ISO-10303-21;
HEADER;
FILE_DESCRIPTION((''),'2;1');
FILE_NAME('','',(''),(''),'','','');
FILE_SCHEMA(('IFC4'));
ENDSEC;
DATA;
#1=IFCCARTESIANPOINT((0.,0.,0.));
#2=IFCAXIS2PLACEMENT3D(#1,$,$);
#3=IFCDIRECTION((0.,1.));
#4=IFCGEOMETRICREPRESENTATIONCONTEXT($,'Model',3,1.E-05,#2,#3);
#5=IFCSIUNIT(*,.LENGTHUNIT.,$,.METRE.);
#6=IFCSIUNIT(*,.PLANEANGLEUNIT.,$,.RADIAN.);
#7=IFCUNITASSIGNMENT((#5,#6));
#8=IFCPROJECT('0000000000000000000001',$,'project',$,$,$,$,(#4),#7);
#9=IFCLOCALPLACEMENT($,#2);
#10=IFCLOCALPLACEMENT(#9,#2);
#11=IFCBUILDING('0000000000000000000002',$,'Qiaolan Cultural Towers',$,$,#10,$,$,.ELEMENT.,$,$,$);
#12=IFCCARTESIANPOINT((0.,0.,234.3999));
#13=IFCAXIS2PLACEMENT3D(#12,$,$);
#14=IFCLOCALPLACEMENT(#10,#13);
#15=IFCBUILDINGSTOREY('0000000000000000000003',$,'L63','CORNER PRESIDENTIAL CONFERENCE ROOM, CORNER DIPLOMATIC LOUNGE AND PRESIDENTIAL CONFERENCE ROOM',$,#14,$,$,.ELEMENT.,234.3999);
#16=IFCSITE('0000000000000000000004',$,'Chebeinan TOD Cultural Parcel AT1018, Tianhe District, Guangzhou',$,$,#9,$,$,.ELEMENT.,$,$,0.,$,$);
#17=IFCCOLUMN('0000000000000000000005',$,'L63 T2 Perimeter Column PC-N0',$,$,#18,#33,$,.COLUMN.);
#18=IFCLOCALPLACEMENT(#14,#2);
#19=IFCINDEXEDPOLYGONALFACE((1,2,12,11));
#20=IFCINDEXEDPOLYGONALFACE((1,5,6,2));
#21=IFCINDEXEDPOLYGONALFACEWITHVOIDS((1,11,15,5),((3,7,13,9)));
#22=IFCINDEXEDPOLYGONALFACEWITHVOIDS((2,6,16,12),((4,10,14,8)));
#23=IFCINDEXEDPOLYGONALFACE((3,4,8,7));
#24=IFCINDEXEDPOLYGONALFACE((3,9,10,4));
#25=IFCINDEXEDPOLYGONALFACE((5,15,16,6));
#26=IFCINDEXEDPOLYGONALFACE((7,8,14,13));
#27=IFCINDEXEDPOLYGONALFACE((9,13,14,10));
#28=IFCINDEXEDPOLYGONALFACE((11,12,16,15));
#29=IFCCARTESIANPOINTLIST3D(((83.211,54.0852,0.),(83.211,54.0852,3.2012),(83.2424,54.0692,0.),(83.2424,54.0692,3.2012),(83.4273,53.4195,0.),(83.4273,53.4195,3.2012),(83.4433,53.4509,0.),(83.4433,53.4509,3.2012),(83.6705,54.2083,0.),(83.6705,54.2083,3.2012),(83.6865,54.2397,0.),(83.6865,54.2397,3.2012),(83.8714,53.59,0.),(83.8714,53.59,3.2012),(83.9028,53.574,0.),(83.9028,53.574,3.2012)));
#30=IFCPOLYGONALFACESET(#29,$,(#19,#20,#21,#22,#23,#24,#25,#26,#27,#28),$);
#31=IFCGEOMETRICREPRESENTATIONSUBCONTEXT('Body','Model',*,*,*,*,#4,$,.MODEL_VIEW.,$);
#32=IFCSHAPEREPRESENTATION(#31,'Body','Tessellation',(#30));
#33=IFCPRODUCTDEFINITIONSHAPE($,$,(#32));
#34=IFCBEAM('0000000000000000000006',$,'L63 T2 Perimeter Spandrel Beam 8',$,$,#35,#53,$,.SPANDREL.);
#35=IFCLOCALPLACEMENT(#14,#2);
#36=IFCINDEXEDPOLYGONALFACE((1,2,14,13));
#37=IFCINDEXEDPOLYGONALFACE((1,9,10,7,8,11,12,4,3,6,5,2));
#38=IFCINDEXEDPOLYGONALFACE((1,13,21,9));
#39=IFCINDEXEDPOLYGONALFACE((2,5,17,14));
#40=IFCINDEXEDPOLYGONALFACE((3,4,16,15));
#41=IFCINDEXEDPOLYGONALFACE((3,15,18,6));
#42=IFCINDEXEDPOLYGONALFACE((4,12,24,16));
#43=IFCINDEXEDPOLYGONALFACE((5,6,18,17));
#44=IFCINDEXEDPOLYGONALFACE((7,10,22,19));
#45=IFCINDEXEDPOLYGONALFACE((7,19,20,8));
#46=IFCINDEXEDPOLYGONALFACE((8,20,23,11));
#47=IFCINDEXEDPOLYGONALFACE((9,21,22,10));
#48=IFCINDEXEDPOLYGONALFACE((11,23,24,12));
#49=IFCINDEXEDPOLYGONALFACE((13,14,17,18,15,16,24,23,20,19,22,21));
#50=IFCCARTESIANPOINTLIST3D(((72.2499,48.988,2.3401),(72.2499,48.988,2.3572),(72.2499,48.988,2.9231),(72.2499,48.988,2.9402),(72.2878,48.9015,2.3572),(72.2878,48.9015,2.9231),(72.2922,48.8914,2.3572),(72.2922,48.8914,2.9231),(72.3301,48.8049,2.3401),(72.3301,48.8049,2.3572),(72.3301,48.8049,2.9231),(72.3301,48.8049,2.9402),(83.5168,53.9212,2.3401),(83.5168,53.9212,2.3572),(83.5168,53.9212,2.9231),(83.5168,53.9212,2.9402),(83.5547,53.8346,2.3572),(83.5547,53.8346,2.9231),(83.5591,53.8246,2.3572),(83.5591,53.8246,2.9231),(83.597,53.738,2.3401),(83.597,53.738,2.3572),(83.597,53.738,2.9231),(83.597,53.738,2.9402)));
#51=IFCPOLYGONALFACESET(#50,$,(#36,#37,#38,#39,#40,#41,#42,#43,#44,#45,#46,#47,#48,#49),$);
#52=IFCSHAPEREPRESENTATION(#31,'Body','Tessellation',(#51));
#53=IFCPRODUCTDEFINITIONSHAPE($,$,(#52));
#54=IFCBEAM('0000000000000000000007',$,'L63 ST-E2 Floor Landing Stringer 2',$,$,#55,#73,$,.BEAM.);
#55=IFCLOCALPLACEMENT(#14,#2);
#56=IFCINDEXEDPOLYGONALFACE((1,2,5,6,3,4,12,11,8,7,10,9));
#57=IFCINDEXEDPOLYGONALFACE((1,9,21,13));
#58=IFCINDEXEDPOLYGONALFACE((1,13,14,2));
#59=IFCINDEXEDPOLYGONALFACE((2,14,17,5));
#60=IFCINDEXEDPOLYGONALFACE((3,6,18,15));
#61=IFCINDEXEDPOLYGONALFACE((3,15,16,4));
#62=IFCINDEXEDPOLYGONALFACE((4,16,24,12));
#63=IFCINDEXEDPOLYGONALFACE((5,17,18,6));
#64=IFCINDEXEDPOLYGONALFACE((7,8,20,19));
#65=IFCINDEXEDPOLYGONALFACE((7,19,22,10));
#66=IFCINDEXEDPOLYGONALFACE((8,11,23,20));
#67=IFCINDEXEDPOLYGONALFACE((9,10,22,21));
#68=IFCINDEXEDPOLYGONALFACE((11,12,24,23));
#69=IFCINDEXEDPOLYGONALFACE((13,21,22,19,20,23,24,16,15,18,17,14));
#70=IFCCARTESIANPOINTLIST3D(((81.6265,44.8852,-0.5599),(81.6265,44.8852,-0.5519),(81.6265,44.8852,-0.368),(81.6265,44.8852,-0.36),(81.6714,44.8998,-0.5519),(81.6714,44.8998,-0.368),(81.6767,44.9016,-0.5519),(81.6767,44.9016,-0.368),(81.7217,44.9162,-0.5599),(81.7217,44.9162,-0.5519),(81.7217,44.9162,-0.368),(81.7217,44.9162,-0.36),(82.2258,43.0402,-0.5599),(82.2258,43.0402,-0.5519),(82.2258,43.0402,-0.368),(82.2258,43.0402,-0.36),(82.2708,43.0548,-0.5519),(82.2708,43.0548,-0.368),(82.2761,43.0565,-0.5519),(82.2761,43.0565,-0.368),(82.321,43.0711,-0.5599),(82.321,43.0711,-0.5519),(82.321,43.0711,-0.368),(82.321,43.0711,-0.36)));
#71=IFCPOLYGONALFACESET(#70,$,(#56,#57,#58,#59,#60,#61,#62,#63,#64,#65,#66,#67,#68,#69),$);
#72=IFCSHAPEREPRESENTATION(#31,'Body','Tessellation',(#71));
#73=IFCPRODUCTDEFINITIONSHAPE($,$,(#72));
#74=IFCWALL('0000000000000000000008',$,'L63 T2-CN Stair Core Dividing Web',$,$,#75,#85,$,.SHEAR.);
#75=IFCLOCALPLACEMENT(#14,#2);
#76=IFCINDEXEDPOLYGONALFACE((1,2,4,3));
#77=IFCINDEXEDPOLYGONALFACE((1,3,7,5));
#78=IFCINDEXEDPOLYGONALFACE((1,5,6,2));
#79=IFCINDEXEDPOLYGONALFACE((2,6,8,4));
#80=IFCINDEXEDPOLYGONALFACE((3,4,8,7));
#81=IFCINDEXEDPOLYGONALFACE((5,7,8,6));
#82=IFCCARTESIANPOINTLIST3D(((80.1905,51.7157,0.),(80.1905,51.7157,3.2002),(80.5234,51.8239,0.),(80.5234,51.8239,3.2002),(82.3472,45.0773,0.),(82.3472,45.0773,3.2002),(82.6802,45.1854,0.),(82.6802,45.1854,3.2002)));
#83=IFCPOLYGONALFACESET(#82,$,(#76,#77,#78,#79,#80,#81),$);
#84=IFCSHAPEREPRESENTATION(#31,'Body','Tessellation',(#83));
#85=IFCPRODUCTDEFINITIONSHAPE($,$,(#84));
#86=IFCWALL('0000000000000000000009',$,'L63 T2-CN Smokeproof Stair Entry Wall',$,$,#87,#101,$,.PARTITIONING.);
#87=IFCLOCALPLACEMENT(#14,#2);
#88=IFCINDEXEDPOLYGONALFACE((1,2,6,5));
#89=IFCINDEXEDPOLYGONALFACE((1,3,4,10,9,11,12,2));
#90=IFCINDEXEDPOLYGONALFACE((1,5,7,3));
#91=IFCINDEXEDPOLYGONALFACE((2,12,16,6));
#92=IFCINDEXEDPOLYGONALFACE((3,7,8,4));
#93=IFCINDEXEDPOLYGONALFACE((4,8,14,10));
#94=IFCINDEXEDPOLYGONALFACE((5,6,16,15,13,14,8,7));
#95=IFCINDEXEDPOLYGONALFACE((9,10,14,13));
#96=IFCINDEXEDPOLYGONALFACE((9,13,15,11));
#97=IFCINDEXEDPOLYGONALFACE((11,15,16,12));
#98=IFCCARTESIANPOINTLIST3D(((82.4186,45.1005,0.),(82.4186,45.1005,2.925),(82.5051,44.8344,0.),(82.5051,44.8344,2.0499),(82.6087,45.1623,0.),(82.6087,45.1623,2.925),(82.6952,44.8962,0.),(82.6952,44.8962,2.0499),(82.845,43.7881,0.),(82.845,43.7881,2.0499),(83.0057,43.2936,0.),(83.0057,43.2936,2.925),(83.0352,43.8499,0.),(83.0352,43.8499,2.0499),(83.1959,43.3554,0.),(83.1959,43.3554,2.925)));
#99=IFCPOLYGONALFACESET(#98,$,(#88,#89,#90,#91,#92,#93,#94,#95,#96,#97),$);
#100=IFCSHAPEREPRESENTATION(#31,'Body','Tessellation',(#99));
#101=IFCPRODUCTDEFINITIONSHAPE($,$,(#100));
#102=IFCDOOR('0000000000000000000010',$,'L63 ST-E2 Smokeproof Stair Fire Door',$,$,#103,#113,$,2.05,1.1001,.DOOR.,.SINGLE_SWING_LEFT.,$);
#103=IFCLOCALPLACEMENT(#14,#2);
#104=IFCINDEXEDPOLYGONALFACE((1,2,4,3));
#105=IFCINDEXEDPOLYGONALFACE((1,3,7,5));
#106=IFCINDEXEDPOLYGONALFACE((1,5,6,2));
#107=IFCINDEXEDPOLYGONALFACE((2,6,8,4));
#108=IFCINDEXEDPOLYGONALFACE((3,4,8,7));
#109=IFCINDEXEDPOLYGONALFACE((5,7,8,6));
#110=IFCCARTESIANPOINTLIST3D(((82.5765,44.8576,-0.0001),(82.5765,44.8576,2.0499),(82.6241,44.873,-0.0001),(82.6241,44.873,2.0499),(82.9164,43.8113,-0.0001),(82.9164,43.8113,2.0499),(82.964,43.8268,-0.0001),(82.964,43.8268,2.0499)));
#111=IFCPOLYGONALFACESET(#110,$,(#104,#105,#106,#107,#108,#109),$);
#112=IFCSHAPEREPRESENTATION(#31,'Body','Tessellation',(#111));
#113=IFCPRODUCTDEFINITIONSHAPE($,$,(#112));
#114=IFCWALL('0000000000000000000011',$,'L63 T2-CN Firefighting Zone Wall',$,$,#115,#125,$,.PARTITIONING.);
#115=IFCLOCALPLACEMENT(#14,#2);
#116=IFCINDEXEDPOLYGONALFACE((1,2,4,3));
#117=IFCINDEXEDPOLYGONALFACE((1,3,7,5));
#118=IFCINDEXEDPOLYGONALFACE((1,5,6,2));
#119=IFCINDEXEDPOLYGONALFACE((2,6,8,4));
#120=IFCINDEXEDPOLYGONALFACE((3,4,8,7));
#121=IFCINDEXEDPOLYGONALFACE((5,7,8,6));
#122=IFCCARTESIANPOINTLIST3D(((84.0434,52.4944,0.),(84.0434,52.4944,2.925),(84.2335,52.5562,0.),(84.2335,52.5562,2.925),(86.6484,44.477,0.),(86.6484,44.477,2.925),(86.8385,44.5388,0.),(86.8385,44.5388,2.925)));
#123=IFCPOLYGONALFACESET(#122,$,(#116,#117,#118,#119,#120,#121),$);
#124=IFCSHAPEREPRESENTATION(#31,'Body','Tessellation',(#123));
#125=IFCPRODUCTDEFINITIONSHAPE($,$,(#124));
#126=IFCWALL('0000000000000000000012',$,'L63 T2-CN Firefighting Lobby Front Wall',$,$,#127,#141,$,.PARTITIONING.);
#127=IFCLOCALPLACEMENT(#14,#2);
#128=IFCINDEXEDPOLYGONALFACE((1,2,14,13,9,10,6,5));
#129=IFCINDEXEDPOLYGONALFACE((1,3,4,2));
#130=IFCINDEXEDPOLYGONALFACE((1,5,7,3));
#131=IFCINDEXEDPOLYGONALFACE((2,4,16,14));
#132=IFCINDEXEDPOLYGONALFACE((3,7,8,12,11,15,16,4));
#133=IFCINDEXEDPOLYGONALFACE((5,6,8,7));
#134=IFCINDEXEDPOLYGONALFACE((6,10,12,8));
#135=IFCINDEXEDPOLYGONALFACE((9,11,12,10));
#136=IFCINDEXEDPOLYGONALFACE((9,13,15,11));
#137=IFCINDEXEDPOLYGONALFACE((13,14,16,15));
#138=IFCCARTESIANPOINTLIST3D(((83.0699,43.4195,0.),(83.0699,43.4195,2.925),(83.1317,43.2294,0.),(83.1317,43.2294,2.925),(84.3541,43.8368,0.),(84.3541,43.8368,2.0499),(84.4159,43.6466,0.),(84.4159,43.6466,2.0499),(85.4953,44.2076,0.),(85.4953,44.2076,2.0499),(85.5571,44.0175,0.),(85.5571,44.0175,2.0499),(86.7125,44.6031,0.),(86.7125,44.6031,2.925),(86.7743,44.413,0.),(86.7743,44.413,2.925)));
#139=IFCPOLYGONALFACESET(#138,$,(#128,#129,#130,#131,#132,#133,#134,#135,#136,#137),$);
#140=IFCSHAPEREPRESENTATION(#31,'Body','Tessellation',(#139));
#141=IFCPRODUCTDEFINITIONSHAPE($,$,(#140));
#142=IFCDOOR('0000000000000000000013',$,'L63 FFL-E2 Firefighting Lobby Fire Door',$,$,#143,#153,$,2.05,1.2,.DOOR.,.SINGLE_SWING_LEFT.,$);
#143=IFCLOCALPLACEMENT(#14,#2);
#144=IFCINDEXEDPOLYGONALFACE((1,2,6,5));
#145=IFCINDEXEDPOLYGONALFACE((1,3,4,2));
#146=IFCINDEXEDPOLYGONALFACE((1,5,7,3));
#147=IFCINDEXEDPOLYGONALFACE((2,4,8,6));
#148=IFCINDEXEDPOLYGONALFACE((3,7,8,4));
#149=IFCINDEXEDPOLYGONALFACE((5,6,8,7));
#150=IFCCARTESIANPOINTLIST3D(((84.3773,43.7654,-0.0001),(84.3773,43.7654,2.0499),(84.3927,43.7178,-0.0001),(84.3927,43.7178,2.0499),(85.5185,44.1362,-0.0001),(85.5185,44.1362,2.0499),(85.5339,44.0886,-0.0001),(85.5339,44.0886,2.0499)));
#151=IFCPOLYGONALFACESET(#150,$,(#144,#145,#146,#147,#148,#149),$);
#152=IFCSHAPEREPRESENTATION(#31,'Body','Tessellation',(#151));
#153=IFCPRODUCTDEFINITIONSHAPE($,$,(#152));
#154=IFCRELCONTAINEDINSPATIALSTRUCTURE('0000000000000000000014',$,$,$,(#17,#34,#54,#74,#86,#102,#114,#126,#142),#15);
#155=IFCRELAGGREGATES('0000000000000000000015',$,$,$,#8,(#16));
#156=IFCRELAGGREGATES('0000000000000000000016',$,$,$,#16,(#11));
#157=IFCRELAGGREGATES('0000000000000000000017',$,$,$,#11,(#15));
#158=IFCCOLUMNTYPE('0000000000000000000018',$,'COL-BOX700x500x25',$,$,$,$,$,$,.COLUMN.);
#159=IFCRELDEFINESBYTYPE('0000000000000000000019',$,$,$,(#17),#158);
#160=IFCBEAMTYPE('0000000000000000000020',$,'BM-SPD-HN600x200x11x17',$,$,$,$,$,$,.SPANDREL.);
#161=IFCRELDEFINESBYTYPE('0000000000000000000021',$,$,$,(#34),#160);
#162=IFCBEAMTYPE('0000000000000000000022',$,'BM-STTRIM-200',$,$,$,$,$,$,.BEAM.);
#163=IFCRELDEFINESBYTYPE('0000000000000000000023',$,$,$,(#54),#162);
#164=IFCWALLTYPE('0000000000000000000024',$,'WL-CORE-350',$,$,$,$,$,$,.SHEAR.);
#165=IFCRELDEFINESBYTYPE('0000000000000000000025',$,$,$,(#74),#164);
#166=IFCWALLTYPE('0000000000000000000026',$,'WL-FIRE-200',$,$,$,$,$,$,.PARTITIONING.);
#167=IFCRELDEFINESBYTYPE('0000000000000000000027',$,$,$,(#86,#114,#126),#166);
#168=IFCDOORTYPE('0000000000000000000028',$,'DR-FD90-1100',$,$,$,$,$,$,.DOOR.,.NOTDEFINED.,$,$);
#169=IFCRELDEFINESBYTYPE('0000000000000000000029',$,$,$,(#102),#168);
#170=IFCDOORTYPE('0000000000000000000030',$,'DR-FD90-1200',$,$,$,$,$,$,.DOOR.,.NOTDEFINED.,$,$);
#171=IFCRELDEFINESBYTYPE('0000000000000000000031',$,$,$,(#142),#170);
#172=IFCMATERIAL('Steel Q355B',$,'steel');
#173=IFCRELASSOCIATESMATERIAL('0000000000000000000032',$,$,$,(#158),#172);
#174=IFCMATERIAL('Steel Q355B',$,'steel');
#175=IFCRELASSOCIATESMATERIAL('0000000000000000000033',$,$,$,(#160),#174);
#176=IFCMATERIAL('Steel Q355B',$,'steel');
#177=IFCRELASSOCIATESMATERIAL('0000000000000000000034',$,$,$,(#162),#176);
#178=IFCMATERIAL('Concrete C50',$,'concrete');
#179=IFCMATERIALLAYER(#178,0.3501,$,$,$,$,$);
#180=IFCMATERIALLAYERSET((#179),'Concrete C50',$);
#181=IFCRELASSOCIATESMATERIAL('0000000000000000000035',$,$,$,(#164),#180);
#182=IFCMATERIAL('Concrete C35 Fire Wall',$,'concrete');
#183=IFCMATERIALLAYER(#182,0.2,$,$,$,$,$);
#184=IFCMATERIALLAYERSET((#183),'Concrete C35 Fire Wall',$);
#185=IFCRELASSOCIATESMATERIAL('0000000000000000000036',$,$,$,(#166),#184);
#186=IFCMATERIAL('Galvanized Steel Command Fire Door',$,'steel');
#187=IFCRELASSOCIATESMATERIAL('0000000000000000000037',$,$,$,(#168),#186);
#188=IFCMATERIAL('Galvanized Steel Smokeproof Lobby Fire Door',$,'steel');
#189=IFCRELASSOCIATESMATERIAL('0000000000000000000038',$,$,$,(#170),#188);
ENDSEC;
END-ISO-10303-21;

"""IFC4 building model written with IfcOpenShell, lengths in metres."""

from ifc_helpers import new_model, si_unit, direction, frame, frame_2d, origin, origin_2d, place, context, subcontext, project, spatial, rectangle, hollow_rectangle, i_section, extrude, material, layer, layer_set, material_profile, profile_set, type_object, element, fill, save


model = new_model("IFC4")

# Units and contexts
model_context = context("Model", 3, precision=1e-05, world=origin(), true_north=direction((0.0, 1.0)))
body_context = subcontext(model_context, "Body", "Model", "MODEL_VIEW")
ifc_project = project(units=[si_unit("LENGTHUNIT", "METRE"), si_unit("PLANEANGLEUNIT", "RADIAN")], contexts=[model_context])

# Site, building, storey
site_placement = place(None, origin())
site = spatial("IfcSite", under=ifc_project, at=site_placement, Name="Chebeinan TOD Cultural Parcel AT1018, Tianhe District, Guangzhou", CompositionType="ELEMENT", RefElevation=0.0)
building_placement = place(site_placement, origin())
building = spatial("IfcBuilding", under=site, at=building_placement, Name="Qiaolan Cultural Towers", CompositionType="ELEMENT")
storey_placement = place(building_placement, frame((0.0, 0.0, 234.3999)))
storey = spatial("IfcBuildingStorey", under=building, at=storey_placement, Name="L63", Description="CORNER PRESIDENTIAL CONFERENCE ROOM, CORNER DIPLOMATIC LOUNGE AND PRESIDENTIAL CONFERENCE ROOM", CompositionType="ELEMENT", Elevation=234.3999)

# Column
ifc_material_1 = material(Name="Steel Q355B", Category="steel")
ifc_material_profile_1 = material_profile(ifc_material_1, hollow_rectangle(XDim=0.5, YDim=0.7, WallThickness=0.0249, at=origin_2d()), Name="BOX700x500x25")
ifc_profile_set_1 = profile_set([ifc_material_profile_1], Name="Steel Q355B")
column_type = type_object("IfcColumnType", Name="COL-BOX700x500x25", PredefinedType="COLUMN", material=ifc_profile_set_1)
column_placement = place(storey_placement, frame((83.5569, 53.8296, 0.0), z_axis=(0.0, 0.0, 1.0), x_axis=(0.951057, 0.309017, 0.0)))
element("IfcColumn", 1, at=column_placement, inside=storey, type_object=column_type, Name="L63 T2 Perimeter Column PC-N0", PredefinedType="COLUMN", context=body_context, shape_type="SweptSolid", body=[
    extrude(hollow_rectangle(XDim=0.5, YDim=0.7, WallThickness=0.0249, at=origin_2d()), origin(), (0.0, 0.0, 1.0), 3.2012),
])

# Beams
ifc_material_2 = material(Name="Steel Q355B", Category="steel")
ifc_material_profile_2 = material_profile(ifc_material_2, i_section(OverallWidth=0.2, OverallDepth=0.6001, WebThickness=0.011, FlangeThickness=0.0171, at=origin_2d()), Name="HN600x200x11x17")
ifc_profile_set_2 = profile_set([ifc_material_profile_2], Name="Steel Q355B")
beam_type_1 = type_object("IfcBeamType", Name="BM-SPD-HN600x200x11x17", PredefinedType="SPANDREL", material=ifc_profile_set_2)
beam_1_placement = place(storey_placement, frame((83.5569, 53.8296, 2.6401), z_axis=(-0.916042, -0.401082, 0.0), x_axis=(0.401082, -0.916042, 0.0)))
element("IfcBeam", 2, at=beam_1_placement, inside=storey, type_object=beam_type_1, Name="L63 T2 Perimeter Spandrel Beam 8", PredefinedType="SPANDREL", context=body_context, shape_type="SweptSolid", body=[
    extrude(i_section(OverallWidth=0.2, OverallDepth=0.6001, WebThickness=0.011, FlangeThickness=0.0171, at=origin_2d()), origin(), (0.0, 0.0, 1.0), 12.2996),
])
ifc_material_3 = material(Name="Steel Q355B", Category="steel")
ifc_material_profile_3 = material_profile(ifc_material_3, i_section(OverallWidth=0.1001, OverallDepth=0.2, WebThickness=0.0056, FlangeThickness=0.0081, at=origin_2d()), Name="HN200x100x5.5x8")
ifc_profile_set_3 = profile_set([ifc_material_profile_3], Name="Steel Q355B")
beam_type_2 = type_object("IfcBeamType", Name="BM-STTRIM-200", PredefinedType="BEAM", material=ifc_profile_set_3)
beam_2_placement = place(storey_placement, frame((82.2734, 43.0557, -0.46), z_axis=(-0.308969, 0.951072, 0.0), x_axis=(-0.951072, -0.308969, 0.0)))
element("IfcBeam", 3, at=beam_2_placement, inside=storey, type_object=beam_type_2, Name="L63 ST-E2 Floor Landing Stringer 2", PredefinedType="BEAM", context=body_context, shape_type="SweptSolid", body=[
    extrude(i_section(OverallWidth=0.1001, OverallDepth=0.2, WebThickness=0.0056, FlangeThickness=0.0081, at=origin_2d()), origin(), (0.0, 0.0, 1.0), 1.9399),
])

# Wall
ifc_material_4 = material(Name="Concrete C50", Category="concrete")
ifc_layer_1 = layer(ifc_material_4, 0.3501)
ifc_layer_set_1 = layer_set([ifc_layer_1], Name="Concrete C50")
wall_type_1 = type_object("IfcWallType", Name="WL-CORE-350", PredefinedType="SHEAR", material=ifc_layer_set_1)
wall_1_placement = place(storey_placement, frame((82.5137, 45.1313, 0.0), z_axis=(0.0, 0.0, 1.0), x_axis=(-0.308989, 0.951066, 0.0)))
element("IfcWall", 4, at=wall_1_placement, inside=storey, type_object=wall_type_1, Name="L63 T2-CN Stair Core Dividing Web", PredefinedType="SHEAR", context=body_context, shape_type="SweptSolid", body=[
    extrude(rectangle(XDim=6.98, YDim=0.3501, at=frame_2d((3.49, 0.0))), origin(), (0.0, 0.0, 1.0), 3.2002),
])

# Wall, opening, door
ifc_material_5 = material(Name="Concrete C35 Fire Wall", Category="concrete")
ifc_layer_2 = layer(ifc_material_5, 0.2)
ifc_layer_set_2 = layer_set([ifc_layer_2], Name="Concrete C35 Fire Wall")
wall_type_2 = type_object("IfcWallType", Name="WL-FIRE-200", PredefinedType="PARTITIONING", material=ifc_layer_set_2)
wall_2_placement = place(storey_placement, frame((83.1008, 43.3245, 0.0), z_axis=(0.0, 0.0, 1.0), x_axis=(-0.309048, 0.951046, 0.0)))
wall_2 = element("IfcWall", 5, at=wall_2_placement, inside=storey, type_object=wall_type_2, Name="L63 T2-CN Smokeproof Stair Entry Wall", PredefinedType="PARTITIONING", context=body_context, shape_type="SweptSolid", body=[
    extrude(rectangle(XDim=1.8999, YDim=0.2, at=frame_2d((0.95, 0.0))), origin(), (0.0, 0.0, 1.0), 2.925),
])
opening_1_placement = place(wall_2_placement, frame((0.52, 0.0, 0.0)))
opening_1 = element("IfcOpeningElement", 6, at=opening_1_placement, cuts=wall_2, PredefinedType="OPENING", context=body_context, shape_type="SweptSolid", body=[
    extrude(rectangle(XDim=1.1001, YDim=2.05, at=frame_2d((0.55, 1.0249))), frame((0.0, 0.1099, 0.0), z_axis=(0.0, -1.0, 0.0), x_axis=(1.0, 0.0, 0.0)), (0.0, 0.0, 1.0), 0.22),
])
ifc_material_6 = material(Name="Galvanized Steel Command Fire Door", Category="steel")
door_type_1 = type_object("IfcDoorType", Name="DR-FD90-1100", OperationType="NOTDEFINED", PredefinedType="DOOR", material=ifc_material_6)
door_1_placement = place(opening_1_placement, origin())
door_1 = element("IfcDoor", 7, at=door_1_placement, inside=storey, type_object=door_type_1, Name="L63 ST-E2 Smokeproof Stair Fire Door", OperationType="SINGLE_SWING_LEFT", OverallHeight=2.05, OverallWidth=1.1001, PredefinedType="DOOR", context=body_context, shape_type="SweptSolid", body=[
    extrude(rectangle(XDim=1.1001, YDim=2.05, at=frame_2d((0.55, 1.0249))), frame((0.0, 0.0249, 0.0), z_axis=(0.0, -1.0, 0.0), x_axis=(1.0, 0.0, 0.0)), (0.0, 0.0, 1.0), 0.05),
])
fill(opening_1, door_1)

# Wall
wall_3_placement = place(storey_placement, frame((86.7434, 44.5081, 0.0), z_axis=(0.0, 0.0, 1.0), x_axis=(-0.309016, 0.951057, 0.0)))
element("IfcWall", 8, at=wall_3_placement, inside=storey, type_object=wall_type_2, Name="L63 T2-CN Firefighting Zone Wall", PredefinedType="PARTITIONING", context=body_context, shape_type="SweptSolid", body=[
    extrude(rectangle(XDim=8.4299, YDim=0.2, at=frame_2d((4.2148, 0.0))), origin(), (0.0, 0.0, 1.0), 2.925),
])

# Wall, opening, door
wall_4_placement = place(storey_placement, frame((83.1008, 43.3245, 0.0), z_axis=(0.0, 0.0, 1.0), x_axis=(0.951053, 0.309028, 0.0)))
wall_4 = element("IfcWall", 9, at=wall_4_placement, inside=storey, type_object=wall_type_2, Name="L63 T2-CN Firefighting Lobby Front Wall", PredefinedType="PARTITIONING", context=body_context, shape_type="SweptSolid", body=[
    extrude(rectangle(XDim=3.8301, YDim=0.2, at=frame_2d((1.915, 0.0))), origin(), (0.0, 0.0, 1.0), 2.925),
])
opening_2_placement = place(wall_4_placement, frame((1.3501, 0.0, 0.0)))
opening_2 = element("IfcOpeningElement", 10, at=opening_2_placement, cuts=wall_4, PredefinedType="OPENING", context=body_context, shape_type="SweptSolid", body=[
    extrude(rectangle(XDim=1.2, YDim=2.05, at=frame_2d((0.6001, 1.0249))), frame((0.0, 0.1099, 0.0), z_axis=(0.0, -1.0, 0.0), x_axis=(1.0, 0.0, 0.0)), (0.0, 0.0, 1.0), 0.22),
])
ifc_material_7 = material(Name="Galvanized Steel Smokeproof Lobby Fire Door", Category="steel")
door_type_2 = type_object("IfcDoorType", Name="DR-FD90-1200", OperationType="NOTDEFINED", PredefinedType="DOOR", material=ifc_material_7)
door_2_placement = place(opening_2_placement, origin())
door_2 = element("IfcDoor", 11, at=door_2_placement, inside=storey, type_object=door_type_2, Name="L63 FFL-E2 Firefighting Lobby Fire Door", OperationType="SINGLE_SWING_LEFT", OverallHeight=2.05, OverallWidth=1.2, PredefinedType="DOOR", context=body_context, shape_type="SweptSolid", body=[
    extrude(rectangle(XDim=1.2, YDim=2.05, at=frame_2d((0.6001, 1.0249))), frame((0.0, 0.0249, 0.0), z_axis=(0.0, -1.0, 0.0), x_axis=(1.0, 0.0, 0.0)), (0.0, 0.0, 1.0), 0.05),
])
fill(opening_2, door_2)

save(model, "model.ifc")
